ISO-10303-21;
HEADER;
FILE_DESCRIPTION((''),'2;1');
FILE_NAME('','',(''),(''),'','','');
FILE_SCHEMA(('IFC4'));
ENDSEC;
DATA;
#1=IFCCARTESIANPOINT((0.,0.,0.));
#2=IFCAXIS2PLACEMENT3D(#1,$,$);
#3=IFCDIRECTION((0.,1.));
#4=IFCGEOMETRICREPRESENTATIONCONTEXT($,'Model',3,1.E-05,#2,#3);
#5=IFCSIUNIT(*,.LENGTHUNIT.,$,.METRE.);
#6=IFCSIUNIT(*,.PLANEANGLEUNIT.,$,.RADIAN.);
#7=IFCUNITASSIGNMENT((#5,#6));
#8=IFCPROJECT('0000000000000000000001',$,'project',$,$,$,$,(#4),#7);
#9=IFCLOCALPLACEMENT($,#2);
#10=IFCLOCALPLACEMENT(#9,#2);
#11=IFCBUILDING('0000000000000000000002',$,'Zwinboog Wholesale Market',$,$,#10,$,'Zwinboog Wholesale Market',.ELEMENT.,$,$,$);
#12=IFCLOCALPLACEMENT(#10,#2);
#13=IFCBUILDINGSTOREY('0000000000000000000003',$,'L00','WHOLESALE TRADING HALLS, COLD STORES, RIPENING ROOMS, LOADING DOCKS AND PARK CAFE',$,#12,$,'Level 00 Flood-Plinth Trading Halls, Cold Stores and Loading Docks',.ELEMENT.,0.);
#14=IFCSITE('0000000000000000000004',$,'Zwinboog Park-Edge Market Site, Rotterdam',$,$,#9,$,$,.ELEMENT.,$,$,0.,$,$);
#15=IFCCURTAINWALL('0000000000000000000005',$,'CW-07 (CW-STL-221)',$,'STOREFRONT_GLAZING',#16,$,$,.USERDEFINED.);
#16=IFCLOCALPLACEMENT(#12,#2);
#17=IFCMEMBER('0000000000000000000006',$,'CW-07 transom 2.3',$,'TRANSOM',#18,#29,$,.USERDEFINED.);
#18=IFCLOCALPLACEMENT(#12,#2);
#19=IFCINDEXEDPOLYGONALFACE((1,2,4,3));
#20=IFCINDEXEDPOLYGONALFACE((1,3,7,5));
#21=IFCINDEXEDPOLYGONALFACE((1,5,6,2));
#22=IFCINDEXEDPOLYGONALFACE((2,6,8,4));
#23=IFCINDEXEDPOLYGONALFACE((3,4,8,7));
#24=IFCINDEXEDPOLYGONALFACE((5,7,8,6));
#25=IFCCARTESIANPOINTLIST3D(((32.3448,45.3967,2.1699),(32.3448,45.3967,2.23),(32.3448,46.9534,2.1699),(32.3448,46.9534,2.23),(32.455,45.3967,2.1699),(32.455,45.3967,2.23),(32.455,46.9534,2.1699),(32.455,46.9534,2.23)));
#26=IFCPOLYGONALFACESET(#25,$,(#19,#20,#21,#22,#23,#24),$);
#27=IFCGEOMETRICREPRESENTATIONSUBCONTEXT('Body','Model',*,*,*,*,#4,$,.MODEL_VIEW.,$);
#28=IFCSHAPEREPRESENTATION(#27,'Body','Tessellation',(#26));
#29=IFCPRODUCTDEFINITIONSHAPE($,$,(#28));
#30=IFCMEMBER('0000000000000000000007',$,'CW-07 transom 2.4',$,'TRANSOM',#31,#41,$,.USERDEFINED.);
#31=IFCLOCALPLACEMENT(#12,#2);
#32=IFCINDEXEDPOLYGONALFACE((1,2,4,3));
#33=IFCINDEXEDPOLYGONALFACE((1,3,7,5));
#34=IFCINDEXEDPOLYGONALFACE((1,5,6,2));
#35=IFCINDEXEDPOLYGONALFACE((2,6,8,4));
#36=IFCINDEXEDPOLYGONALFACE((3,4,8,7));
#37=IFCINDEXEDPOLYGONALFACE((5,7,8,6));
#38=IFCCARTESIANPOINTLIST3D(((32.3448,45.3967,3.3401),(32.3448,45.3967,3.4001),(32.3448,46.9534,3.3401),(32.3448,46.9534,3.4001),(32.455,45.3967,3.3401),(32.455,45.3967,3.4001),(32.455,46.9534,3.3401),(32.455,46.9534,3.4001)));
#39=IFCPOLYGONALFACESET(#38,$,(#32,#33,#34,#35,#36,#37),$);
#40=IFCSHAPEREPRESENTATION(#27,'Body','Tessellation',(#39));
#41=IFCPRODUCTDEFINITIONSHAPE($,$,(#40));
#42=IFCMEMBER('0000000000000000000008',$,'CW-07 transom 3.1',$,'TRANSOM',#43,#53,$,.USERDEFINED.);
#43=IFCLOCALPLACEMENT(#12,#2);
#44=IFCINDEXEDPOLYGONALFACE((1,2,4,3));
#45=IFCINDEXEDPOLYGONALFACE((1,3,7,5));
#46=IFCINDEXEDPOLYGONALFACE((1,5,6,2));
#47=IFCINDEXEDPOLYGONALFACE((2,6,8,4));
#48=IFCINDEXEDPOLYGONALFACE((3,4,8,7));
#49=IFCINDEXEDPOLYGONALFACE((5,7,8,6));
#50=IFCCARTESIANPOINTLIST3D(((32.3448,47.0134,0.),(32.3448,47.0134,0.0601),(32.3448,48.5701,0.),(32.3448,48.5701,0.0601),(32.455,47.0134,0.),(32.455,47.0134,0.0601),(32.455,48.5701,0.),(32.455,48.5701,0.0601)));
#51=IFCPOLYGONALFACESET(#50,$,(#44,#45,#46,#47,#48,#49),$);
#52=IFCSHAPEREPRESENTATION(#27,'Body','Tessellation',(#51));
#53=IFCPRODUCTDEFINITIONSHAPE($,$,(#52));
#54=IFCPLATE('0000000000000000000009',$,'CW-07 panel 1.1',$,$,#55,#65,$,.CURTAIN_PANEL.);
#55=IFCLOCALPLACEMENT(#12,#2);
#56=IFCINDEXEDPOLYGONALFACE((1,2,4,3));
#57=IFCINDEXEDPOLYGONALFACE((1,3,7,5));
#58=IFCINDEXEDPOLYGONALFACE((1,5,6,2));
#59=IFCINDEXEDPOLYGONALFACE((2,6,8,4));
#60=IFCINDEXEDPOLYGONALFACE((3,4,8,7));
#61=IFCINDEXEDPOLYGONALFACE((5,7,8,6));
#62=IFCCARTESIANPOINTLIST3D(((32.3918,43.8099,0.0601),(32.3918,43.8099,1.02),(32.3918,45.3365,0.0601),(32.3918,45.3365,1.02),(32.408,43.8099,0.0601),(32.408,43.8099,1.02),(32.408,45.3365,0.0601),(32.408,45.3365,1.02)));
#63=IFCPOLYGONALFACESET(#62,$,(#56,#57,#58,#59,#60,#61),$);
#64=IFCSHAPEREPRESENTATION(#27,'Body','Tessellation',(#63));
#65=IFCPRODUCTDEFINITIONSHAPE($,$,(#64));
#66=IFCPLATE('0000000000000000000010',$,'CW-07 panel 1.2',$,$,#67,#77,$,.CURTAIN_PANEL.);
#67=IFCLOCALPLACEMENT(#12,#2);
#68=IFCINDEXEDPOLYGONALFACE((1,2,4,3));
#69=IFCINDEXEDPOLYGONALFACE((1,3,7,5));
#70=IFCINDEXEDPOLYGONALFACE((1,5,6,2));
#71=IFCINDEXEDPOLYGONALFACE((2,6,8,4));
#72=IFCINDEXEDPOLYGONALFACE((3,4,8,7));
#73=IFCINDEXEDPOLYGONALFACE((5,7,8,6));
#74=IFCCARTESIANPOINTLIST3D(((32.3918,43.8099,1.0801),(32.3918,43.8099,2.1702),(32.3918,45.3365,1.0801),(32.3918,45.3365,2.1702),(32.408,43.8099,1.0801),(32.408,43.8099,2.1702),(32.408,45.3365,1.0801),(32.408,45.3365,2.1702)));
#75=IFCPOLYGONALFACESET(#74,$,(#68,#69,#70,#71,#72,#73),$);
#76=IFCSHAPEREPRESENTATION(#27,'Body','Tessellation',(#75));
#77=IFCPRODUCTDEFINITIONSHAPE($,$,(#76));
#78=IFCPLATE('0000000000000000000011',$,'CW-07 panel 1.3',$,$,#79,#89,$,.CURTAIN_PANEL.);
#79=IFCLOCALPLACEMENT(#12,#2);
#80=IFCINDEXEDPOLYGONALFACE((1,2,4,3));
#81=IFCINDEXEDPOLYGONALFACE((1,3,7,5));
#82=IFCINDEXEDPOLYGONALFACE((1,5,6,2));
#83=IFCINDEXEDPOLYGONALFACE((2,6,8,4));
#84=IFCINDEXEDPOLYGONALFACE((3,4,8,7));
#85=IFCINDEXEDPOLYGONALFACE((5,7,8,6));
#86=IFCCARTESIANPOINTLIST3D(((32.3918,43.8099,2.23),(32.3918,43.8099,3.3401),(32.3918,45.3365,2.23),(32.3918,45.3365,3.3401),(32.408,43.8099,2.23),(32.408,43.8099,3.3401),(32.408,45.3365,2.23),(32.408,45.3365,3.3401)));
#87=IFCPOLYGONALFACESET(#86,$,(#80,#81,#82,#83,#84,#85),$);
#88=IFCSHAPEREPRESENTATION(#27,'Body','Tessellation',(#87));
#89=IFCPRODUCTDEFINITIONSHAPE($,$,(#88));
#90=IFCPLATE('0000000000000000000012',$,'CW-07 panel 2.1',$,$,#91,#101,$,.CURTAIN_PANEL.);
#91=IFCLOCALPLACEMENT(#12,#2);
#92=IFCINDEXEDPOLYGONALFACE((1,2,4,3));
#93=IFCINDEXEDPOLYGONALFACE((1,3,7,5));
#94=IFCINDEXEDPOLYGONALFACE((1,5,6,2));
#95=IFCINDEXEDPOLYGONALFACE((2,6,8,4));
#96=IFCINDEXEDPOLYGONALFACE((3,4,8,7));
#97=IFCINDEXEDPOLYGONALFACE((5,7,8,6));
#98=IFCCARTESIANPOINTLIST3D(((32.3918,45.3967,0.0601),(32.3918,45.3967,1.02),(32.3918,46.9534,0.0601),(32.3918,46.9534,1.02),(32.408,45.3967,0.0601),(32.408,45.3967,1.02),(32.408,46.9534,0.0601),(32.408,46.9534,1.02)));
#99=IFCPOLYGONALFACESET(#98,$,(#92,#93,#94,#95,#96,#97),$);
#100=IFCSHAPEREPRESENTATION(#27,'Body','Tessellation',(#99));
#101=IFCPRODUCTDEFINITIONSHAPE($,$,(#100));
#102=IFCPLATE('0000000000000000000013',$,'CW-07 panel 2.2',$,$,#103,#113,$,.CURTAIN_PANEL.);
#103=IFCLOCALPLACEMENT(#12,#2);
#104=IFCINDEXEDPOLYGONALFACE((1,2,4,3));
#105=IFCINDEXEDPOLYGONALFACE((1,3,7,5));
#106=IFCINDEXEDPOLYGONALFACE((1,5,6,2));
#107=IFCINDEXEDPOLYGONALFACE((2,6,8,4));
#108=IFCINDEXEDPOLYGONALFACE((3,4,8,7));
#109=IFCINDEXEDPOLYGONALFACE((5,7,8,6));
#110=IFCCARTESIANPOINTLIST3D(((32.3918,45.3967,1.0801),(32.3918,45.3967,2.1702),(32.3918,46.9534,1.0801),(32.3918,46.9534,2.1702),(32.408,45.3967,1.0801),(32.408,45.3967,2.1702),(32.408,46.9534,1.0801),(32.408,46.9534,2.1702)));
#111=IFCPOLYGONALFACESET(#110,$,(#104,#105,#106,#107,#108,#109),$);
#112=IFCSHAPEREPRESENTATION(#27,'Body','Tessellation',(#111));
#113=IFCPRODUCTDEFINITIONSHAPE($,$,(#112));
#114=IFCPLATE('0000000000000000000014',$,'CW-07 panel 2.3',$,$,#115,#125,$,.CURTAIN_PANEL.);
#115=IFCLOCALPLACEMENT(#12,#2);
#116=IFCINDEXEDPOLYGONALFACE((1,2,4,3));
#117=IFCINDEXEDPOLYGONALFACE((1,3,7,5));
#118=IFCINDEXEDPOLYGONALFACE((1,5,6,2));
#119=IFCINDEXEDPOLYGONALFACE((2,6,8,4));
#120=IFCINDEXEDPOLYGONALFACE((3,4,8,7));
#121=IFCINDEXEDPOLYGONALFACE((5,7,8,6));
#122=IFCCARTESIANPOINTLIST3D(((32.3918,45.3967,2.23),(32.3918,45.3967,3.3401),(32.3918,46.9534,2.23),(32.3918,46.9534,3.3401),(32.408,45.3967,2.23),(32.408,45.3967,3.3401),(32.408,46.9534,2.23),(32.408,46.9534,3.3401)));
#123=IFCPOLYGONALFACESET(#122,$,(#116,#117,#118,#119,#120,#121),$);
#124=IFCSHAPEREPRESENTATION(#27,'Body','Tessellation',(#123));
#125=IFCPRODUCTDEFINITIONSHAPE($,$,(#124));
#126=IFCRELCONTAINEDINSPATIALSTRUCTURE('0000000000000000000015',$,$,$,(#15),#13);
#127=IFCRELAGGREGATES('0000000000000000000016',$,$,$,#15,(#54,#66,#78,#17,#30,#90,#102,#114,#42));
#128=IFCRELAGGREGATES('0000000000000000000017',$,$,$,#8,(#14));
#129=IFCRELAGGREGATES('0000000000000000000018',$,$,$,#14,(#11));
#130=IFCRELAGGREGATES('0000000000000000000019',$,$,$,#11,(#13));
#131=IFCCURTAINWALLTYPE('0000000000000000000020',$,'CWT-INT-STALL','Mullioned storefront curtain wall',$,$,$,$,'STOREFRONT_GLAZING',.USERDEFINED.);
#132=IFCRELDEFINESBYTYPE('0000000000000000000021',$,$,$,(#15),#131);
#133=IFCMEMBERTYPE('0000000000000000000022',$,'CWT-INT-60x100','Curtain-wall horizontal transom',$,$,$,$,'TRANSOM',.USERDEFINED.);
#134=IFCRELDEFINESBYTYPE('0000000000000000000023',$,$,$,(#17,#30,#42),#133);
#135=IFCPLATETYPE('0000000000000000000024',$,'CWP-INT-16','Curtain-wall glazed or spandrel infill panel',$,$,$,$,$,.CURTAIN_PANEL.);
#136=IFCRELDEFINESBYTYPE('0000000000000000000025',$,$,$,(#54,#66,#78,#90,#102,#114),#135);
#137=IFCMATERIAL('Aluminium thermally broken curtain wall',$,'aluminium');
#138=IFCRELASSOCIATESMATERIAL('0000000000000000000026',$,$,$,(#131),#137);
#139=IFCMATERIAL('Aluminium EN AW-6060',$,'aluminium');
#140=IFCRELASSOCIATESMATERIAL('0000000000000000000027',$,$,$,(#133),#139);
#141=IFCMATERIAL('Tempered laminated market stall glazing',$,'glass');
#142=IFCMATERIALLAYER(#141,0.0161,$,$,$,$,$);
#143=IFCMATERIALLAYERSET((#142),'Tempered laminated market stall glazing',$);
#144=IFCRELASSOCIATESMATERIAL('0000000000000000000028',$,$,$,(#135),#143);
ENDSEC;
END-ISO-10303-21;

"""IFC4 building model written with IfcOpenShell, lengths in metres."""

from ifc_helpers import new_model, si_unit, direction, frame, origin, origin_2d, place, context, subcontext, project, spatial, rectangle, extrude, material, layer, layer_set, material_profile, profile_set, type_object, element, aggregate, save


model = new_model("IFC4")

# Units and contexts
model_context = context("Model", 3, precision=1e-05, world=origin(), true_north=direction((0.0, 1.0)))
body_context = subcontext(model_context, "Body", "Model", "MODEL_VIEW")
ifc_project = project(units=[si_unit("LENGTHUNIT", "METRE"), si_unit("PLANEANGLEUNIT", "RADIAN")], contexts=[model_context])

# Site, building, storey
site_placement = place(None, origin())
site = spatial("IfcSite", under=ifc_project, at=site_placement, Name="Zwinboog Park-Edge Market Site, Rotterdam", CompositionType="ELEMENT", RefElevation=0.0)
building_placement = place(site_placement, origin())
building = spatial("IfcBuilding", under=site, at=building_placement, Name="Zwinboog Wholesale Market", LongName="Zwinboog Wholesale Market", CompositionType="ELEMENT")
storey_placement = place(building_placement, origin())
storey = spatial("IfcBuildingStorey", under=building, at=storey_placement, Name="L00", Description="WHOLESALE TRADING HALLS, COLD STORES, RIPENING ROOMS, LOADING DOCKS AND PARK CAFE", LongName="Level 00 Flood-Plinth Trading Halls, Cold Stores and Loading Docks", CompositionType="ELEMENT", Elevation=0.0)

# Curtain wall, members, plates
ifc_material_1 = material(Name="Aluminium thermally broken curtain wall", Category="aluminium")
curtain_wall_type = type_object("IfcCurtainWallType", Name="CWT-INT-STALL", Description="Mullioned storefront curtain wall", ElementType="STOREFRONT_GLAZING", PredefinedType="USERDEFINED", material=ifc_material_1)
curtain_wall_placement = place(storey_placement, origin())
curtain_wall = element("IfcCurtainWall", 1, at=curtain_wall_placement, inside=storey, type_object=curtain_wall_type, Name="CW-07 (CW-STL-221)", ObjectType="STOREFRONT_GLAZING", PredefinedType="USERDEFINED")
ifc_material_2 = material(Name="Aluminium EN AW-6060", Category="aluminium")
ifc_material_profile_1 = material_profile(ifc_material_2, rectangle(XDim=0.1101, YDim=0.0601, at=origin_2d()), Name="AL 60x110")
ifc_profile_set_1 = profile_set([ifc_material_profile_1], Name="Aluminium EN AW-6060")
member_type_1 = type_object("IfcMemberType", Name="CWT-INT-60x100", Description="Curtain-wall horizontal transom", ElementType="TRANSOM", PredefinedType="USERDEFINED", material=ifc_profile_set_1)
member_1_placement = place(storey_placement, frame((32.3999, 45.3967, 2.2), z_axis=(0.0, 1.0, 0.0), x_axis=(-1.0, 0.0, 0.0)))
member_1 = element("IfcMember", 2, at=member_1_placement, type_object=member_type_1, Name="CW-07 transom 2.3", ObjectType="TRANSOM", PredefinedType="USERDEFINED", context=body_context, shape_type="SweptSolid", body=[
    extrude(rectangle(XDim=0.1101, YDim=0.0601, at=origin_2d()), origin(), (0.0, 0.0, 1.0), 1.5566),
])
member_2_placement = place(storey_placement, frame((32.3999, 45.3967, 3.3701), z_axis=(0.0, 1.0, 0.0), x_axis=(-1.0, 0.0, 0.0)))
member_2 = element("IfcMember", 3, at=member_2_placement, type_object=member_type_1, Name="CW-07 transom 2.4", ObjectType="TRANSOM", PredefinedType="USERDEFINED", context=body_context, shape_type="SweptSolid", body=[
    extrude(rectangle(XDim=0.1101, YDim=0.0601, at=origin_2d()), origin(), (0.0, 0.0, 1.0), 1.5566),
])
member_3_placement = place(storey_placement, frame((32.3999, 47.0134, 0.03), z_axis=(0.0, 1.0, 0.0), x_axis=(-1.0, 0.0, 0.0)))
member_3 = element("IfcMember", 4, at=member_3_placement, type_object=member_type_1, Name="CW-07 transom 3.1", ObjectType="TRANSOM", PredefinedType="USERDEFINED", context=body_context, shape_type="SweptSolid", body=[
    extrude(rectangle(XDim=0.1101, YDim=0.0601, at=origin_2d()), origin(), (0.0, 0.0, 1.0), 1.5566),
])
ifc_material_3 = material(Name="Tempered laminated market stall glazing", Category="glass")
ifc_layer = layer(ifc_material_3, 0.0161)
ifc_layer_set = layer_set([ifc_layer], Name="Tempered laminated market stall glazing")
plate_type = type_object("IfcPlateType", Name="CWP-INT-16", Description="Curtain-wall glazed or spandrel infill panel", PredefinedType="CURTAIN_PANEL", material=ifc_layer_set)
plate_1_placement = place(storey_placement, frame((32.3999, 44.5732, 0.0601), z_axis=(0.0, 0.0, 1.0), x_axis=(0.0, 1.0, 0.0)))
plate_1 = element("IfcPlate", 5, at=plate_1_placement, type_object=plate_type, Name="CW-07 panel 1.1", PredefinedType="CURTAIN_PANEL", context=body_context, shape_type="SweptSolid", body=[
    extrude(rectangle(XDim=1.5266, YDim=0.0161, at=origin_2d()), origin(), (0.0, 0.0, 1.0), 0.96),
])
plate_2_placement = place(storey_placement, frame((32.3999, 44.5732, 1.0801), z_axis=(0.0, 0.0, 1.0), x_axis=(0.0, 1.0, 0.0)))
plate_2 = element("IfcPlate", 6, at=plate_2_placement, type_object=plate_type, Name="CW-07 panel 1.2", PredefinedType="CURTAIN_PANEL", context=body_context, shape_type="SweptSolid", body=[
    extrude(rectangle(XDim=1.5266, YDim=0.0161, at=origin_2d()), origin(), (0.0, 0.0, 1.0), 1.0901),
])
plate_3_placement = place(storey_placement, frame((32.3999, 44.5732, 2.23), z_axis=(0.0, 0.0, 1.0), x_axis=(0.0, 1.0, 0.0)))
plate_3 = element("IfcPlate", 7, at=plate_3_placement, type_object=plate_type, Name="CW-07 panel 1.3", PredefinedType="CURTAIN_PANEL", context=body_context, shape_type="SweptSolid", body=[
    extrude(rectangle(XDim=1.5266, YDim=0.0161, at=origin_2d()), origin(), (0.0, 0.0, 1.0), 1.1101),
])
plate_4_placement = place(storey_placement, frame((32.3999, 46.175, 0.0601), z_axis=(0.0, 0.0, 1.0), x_axis=(0.0, 1.0, 0.0)))
plate_4 = element("IfcPlate", 8, at=plate_4_placement, type_object=plate_type, Name="CW-07 panel 2.1", PredefinedType="CURTAIN_PANEL", context=body_context, shape_type="SweptSolid", body=[
    extrude(rectangle(XDim=1.5566, YDim=0.0161, at=origin_2d()), origin(), (0.0, 0.0, 1.0), 0.96),
])
plate_5_placement = place(storey_placement, frame((32.3999, 46.175, 1.0801), z_axis=(0.0, 0.0, 1.0), x_axis=(0.0, 1.0, 0.0)))
plate_5 = element("IfcPlate", 9, at=plate_5_placement, type_object=plate_type, Name="CW-07 panel 2.2", PredefinedType="CURTAIN_PANEL", context=body_context, shape_type="SweptSolid", body=[
    extrude(rectangle(XDim=1.5566, YDim=0.0161, at=origin_2d()), origin(), (0.0, 0.0, 1.0), 1.0901),
])
plate_6_placement = place(storey_placement, frame((32.3999, 46.175, 2.23), z_axis=(0.0, 0.0, 1.0), x_axis=(0.0, 1.0, 0.0)))
plate_6 = element("IfcPlate", 10, at=plate_6_placement, type_object=plate_type, Name="CW-07 panel 2.3", PredefinedType="CURTAIN_PANEL", context=body_context, shape_type="SweptSolid", body=[
    extrude(rectangle(XDim=1.5566, YDim=0.0161, at=origin_2d()), origin(), (0.0, 0.0, 1.0), 1.1101),
])
aggregate(curtain_wall, [plate_1, plate_2, plate_3, member_1, member_2, plate_4, plate_5, plate_6, member_3])

save(model, "model.ifc")
